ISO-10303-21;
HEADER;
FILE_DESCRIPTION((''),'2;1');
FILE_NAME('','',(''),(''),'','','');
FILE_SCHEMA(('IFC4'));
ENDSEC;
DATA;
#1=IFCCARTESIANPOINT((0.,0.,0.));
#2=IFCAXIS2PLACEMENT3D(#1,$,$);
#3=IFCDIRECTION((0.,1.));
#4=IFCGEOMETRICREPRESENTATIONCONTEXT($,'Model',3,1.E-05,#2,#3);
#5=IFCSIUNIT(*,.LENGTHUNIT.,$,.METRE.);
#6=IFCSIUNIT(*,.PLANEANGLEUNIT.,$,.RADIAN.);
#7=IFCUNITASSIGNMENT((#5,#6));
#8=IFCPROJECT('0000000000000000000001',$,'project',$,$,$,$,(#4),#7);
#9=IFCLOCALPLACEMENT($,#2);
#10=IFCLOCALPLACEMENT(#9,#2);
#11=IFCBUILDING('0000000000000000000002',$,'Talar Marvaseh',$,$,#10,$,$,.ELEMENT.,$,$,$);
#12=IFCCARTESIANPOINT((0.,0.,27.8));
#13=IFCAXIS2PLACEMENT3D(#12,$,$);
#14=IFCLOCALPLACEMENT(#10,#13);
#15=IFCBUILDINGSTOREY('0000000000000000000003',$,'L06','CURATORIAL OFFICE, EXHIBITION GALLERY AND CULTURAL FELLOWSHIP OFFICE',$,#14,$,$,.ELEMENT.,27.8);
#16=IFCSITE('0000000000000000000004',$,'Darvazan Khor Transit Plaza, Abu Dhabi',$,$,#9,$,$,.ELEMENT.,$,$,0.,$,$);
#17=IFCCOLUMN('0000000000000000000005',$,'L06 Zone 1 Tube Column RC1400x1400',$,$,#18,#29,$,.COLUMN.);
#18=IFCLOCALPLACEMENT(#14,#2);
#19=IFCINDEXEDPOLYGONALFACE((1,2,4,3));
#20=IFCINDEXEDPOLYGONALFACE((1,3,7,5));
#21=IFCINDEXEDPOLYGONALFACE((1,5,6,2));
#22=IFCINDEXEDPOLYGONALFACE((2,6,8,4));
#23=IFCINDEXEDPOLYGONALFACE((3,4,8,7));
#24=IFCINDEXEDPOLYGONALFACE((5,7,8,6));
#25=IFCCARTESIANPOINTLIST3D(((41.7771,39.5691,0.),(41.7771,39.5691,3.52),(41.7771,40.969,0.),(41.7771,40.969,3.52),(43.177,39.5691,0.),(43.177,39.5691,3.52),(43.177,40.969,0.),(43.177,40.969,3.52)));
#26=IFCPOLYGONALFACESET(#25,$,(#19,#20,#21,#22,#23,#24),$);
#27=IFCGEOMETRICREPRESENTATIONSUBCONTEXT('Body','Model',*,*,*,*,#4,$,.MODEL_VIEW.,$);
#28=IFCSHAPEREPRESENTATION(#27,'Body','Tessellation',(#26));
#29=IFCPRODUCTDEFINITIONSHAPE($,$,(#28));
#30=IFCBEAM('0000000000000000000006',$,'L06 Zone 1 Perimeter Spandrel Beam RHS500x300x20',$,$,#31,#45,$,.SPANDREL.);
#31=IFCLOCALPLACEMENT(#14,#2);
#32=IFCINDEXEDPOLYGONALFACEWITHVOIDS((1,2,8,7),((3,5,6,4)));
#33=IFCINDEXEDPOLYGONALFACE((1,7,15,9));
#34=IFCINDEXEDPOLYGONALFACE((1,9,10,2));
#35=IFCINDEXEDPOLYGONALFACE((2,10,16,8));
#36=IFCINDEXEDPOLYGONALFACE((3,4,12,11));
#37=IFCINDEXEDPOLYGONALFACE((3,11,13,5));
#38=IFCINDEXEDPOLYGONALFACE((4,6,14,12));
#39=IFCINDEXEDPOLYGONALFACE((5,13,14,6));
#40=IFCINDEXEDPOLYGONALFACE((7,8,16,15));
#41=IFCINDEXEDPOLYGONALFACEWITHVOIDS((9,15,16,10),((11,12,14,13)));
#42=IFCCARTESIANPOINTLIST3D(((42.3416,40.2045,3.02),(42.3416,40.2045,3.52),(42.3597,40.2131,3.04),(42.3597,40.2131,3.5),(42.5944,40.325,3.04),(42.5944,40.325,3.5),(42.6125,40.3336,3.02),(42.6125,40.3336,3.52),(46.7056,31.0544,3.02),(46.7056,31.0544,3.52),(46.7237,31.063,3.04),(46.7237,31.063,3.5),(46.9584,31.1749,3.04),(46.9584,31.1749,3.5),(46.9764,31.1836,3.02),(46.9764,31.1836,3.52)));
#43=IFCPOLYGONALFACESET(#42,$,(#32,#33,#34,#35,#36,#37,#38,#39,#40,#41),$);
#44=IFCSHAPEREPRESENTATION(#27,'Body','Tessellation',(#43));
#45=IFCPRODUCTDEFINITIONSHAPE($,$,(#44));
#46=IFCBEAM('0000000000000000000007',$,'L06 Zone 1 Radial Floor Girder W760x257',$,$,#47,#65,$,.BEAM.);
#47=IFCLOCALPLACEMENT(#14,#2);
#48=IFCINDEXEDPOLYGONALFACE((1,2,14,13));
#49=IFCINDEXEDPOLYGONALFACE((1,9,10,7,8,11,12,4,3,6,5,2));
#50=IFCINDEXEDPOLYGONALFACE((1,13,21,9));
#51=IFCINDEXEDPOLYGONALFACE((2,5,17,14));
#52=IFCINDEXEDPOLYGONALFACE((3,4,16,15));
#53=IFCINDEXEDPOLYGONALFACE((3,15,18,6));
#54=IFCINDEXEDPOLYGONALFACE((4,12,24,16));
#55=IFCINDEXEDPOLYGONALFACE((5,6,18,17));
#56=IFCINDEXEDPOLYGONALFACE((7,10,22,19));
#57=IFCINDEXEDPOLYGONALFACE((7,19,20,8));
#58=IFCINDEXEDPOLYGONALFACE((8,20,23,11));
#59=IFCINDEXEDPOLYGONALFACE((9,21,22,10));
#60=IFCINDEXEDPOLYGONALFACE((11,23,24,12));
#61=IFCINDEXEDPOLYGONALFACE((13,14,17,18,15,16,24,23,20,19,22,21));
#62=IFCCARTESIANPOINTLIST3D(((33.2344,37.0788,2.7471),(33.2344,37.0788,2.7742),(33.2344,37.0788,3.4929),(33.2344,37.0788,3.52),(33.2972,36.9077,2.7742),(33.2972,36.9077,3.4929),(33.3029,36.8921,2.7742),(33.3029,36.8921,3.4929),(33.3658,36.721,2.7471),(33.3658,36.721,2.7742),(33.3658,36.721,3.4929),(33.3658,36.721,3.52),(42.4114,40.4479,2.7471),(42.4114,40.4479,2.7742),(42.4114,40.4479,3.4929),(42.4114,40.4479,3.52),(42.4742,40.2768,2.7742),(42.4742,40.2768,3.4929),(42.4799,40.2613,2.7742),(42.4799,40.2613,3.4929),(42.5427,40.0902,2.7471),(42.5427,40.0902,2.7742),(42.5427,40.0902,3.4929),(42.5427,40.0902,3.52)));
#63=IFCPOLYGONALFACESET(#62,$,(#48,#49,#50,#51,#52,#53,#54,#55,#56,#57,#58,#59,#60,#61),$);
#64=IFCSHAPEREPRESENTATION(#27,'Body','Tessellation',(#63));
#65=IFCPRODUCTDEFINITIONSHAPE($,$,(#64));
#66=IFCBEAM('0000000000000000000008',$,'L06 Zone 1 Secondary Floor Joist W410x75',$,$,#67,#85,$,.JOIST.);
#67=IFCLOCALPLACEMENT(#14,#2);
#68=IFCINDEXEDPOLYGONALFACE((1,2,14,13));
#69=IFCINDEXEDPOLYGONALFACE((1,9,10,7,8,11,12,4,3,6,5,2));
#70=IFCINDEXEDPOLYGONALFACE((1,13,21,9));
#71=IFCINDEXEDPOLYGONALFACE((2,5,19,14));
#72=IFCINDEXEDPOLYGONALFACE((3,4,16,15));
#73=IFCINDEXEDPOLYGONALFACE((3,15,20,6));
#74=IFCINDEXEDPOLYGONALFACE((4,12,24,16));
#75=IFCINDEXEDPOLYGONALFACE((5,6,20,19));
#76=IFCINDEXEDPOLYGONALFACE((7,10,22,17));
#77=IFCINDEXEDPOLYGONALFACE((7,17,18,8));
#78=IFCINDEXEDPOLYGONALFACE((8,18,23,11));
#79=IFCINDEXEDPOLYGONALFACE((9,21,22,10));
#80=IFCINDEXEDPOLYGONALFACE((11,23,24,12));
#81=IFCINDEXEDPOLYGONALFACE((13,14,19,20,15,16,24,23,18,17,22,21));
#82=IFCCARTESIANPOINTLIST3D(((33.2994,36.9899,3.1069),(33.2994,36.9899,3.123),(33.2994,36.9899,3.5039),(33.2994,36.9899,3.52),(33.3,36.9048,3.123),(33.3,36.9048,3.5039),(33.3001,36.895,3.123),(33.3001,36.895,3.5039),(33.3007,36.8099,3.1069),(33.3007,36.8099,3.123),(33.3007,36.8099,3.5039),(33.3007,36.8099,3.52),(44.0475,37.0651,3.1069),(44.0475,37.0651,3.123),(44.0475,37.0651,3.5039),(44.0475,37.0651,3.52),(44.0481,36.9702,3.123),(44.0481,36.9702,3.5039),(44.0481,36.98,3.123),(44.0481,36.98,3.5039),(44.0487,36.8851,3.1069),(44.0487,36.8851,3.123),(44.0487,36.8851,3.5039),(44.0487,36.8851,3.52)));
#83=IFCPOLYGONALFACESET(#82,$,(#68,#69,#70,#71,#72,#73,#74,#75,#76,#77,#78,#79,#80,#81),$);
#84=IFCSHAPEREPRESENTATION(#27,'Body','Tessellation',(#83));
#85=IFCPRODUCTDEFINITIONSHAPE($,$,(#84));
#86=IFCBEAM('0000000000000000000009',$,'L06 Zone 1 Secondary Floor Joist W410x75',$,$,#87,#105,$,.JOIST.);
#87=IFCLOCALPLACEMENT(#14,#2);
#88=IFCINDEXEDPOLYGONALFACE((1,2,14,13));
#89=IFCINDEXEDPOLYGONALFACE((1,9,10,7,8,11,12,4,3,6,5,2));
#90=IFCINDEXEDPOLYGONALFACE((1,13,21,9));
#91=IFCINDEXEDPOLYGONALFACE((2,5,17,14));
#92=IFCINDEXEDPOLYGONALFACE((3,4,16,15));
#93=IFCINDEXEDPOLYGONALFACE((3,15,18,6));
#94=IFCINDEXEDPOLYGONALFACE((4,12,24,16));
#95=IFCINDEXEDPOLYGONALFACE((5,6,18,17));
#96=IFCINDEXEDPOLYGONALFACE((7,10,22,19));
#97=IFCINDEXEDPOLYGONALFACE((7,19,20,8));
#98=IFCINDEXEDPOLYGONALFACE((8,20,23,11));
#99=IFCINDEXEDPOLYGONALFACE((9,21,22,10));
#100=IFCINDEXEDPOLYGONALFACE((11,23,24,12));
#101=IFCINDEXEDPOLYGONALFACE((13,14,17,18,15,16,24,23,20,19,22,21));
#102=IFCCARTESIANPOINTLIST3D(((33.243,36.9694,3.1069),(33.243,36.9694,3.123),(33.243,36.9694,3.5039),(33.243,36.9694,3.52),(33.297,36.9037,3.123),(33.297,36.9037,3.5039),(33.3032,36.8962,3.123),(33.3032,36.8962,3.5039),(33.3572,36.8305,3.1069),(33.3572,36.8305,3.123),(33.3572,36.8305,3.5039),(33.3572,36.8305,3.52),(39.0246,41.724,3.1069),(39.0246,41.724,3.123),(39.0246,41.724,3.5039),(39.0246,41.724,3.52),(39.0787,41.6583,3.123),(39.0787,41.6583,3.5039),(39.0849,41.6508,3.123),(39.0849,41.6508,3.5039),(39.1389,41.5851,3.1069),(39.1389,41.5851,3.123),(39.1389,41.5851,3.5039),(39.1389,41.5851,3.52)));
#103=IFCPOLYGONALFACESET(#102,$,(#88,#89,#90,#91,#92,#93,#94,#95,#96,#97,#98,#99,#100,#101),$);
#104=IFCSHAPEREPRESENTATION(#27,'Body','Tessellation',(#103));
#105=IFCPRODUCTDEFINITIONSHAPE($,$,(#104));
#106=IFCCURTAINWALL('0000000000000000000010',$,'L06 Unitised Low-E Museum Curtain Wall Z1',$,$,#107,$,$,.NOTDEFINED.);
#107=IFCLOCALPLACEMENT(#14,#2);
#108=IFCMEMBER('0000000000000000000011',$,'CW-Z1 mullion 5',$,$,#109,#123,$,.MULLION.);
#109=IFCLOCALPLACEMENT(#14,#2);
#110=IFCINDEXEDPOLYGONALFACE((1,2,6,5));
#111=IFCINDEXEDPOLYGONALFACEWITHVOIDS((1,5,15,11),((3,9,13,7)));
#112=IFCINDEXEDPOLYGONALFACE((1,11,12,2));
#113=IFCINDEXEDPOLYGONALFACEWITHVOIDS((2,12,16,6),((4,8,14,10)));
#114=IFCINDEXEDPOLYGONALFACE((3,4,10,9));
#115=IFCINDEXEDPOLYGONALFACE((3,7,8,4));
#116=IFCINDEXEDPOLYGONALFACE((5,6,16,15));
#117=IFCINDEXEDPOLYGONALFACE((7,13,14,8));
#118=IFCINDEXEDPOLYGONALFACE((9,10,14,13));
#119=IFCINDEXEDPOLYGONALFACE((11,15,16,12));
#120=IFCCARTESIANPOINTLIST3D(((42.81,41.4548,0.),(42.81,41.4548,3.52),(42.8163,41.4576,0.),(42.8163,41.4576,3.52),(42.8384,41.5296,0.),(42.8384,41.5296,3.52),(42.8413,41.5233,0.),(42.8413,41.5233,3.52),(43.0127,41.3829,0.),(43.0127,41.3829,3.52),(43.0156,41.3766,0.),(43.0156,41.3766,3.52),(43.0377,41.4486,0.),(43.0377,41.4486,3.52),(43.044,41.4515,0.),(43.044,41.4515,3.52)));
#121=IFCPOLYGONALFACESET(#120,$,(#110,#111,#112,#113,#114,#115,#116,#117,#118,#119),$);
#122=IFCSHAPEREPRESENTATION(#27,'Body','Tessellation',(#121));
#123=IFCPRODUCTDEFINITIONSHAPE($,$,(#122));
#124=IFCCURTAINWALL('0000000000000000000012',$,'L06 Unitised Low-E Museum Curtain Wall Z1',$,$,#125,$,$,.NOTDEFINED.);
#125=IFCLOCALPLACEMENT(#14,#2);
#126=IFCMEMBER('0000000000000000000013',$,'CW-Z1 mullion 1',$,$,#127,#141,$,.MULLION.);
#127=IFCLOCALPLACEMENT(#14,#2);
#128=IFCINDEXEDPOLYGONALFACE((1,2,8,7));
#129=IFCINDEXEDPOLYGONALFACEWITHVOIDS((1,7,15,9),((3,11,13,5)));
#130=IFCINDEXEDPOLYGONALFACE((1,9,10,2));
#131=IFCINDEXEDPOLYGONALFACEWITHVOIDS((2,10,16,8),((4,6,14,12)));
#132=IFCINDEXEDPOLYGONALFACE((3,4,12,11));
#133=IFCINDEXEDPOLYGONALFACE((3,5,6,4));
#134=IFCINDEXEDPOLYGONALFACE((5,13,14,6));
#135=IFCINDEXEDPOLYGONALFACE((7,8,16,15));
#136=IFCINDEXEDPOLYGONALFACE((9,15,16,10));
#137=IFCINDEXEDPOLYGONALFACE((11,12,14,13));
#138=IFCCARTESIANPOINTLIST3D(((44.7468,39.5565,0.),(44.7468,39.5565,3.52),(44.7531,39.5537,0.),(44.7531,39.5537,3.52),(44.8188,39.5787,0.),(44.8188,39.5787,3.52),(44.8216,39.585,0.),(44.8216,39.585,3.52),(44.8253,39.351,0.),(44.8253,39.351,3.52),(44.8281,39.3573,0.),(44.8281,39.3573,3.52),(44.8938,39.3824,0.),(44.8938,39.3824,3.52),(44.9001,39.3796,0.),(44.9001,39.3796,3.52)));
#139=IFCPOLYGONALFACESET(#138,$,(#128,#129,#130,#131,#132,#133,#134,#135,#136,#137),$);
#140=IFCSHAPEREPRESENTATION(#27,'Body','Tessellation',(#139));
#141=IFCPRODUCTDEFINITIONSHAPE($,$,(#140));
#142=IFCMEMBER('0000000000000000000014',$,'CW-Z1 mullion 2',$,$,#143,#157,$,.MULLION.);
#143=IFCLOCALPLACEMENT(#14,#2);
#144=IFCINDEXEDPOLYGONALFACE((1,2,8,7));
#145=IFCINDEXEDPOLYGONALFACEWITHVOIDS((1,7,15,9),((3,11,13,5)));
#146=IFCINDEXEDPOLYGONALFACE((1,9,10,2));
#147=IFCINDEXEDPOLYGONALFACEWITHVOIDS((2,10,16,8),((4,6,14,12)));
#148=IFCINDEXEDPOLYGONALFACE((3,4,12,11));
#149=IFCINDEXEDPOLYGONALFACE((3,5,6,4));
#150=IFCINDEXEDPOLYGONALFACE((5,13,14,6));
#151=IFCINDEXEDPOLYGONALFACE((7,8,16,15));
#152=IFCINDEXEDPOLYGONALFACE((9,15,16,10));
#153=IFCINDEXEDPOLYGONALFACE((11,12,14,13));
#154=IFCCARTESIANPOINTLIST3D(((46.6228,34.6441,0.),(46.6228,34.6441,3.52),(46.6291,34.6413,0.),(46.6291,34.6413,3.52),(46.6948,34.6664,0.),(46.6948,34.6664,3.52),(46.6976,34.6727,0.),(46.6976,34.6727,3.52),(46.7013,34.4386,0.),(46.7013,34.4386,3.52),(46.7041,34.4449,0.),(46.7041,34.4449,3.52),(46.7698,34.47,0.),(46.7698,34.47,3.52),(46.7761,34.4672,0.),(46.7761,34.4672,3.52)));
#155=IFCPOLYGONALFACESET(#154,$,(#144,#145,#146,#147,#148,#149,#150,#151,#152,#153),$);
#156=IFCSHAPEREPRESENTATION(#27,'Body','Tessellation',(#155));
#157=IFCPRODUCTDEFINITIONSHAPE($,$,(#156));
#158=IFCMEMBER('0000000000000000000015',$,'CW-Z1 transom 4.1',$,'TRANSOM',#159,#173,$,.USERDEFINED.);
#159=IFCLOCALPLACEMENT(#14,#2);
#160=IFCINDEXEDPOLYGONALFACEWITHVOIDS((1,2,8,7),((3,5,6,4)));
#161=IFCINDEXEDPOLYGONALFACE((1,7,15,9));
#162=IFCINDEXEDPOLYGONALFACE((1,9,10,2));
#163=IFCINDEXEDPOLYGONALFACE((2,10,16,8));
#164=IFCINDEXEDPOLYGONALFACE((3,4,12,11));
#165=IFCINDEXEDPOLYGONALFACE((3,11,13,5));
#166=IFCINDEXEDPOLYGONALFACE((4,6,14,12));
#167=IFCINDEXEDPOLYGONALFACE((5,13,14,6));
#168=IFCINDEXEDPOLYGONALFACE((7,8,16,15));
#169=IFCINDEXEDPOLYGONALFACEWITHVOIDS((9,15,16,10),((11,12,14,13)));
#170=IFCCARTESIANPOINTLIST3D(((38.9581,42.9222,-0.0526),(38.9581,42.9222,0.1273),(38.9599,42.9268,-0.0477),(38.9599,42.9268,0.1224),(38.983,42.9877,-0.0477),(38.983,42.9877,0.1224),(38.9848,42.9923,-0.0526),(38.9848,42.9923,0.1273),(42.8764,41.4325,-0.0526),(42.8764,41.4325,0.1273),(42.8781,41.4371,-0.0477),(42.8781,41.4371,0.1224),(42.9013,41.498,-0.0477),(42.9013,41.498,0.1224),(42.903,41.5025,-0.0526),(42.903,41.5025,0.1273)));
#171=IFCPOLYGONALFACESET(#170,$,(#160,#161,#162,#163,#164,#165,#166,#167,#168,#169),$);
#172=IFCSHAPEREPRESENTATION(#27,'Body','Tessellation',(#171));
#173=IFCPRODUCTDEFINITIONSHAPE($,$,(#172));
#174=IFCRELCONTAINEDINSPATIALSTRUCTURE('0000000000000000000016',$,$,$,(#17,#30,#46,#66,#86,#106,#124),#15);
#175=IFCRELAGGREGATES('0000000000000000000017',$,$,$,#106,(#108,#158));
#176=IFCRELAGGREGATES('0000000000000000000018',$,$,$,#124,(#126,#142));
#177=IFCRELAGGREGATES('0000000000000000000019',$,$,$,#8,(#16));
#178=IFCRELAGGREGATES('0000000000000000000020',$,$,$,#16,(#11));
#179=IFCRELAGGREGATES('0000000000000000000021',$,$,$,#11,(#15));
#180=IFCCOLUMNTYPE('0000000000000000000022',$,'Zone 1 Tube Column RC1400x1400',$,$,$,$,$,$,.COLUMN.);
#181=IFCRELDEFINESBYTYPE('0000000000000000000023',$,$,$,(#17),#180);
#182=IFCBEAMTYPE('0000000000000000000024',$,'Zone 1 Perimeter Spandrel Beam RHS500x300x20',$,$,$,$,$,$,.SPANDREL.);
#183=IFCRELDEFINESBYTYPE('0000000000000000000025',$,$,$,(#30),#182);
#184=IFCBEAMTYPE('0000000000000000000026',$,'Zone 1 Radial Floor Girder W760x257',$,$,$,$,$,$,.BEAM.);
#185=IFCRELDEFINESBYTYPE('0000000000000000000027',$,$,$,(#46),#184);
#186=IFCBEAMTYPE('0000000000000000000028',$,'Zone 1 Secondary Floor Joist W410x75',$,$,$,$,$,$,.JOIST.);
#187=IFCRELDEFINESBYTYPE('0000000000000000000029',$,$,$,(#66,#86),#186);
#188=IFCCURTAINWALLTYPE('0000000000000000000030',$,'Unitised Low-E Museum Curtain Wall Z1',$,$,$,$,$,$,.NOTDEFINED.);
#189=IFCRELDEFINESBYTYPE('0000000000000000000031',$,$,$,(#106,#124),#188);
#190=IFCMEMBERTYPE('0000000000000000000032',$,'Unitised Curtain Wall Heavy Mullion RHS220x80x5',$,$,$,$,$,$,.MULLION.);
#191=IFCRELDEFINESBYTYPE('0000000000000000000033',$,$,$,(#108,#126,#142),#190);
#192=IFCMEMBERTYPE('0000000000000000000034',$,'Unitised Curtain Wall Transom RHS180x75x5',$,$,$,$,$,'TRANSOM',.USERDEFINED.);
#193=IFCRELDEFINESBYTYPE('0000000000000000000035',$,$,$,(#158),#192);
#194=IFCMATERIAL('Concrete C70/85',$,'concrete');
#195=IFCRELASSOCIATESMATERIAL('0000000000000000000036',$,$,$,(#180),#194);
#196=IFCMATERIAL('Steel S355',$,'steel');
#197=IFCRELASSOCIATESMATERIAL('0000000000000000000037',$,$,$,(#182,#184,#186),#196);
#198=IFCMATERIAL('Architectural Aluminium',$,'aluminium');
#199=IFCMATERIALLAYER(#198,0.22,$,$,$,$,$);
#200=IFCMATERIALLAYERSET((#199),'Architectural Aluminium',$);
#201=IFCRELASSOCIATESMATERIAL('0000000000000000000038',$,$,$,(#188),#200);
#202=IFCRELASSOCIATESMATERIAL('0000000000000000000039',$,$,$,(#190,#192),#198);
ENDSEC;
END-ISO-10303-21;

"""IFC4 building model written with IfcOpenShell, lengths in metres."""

from ifc_helpers import new_model, si_unit, direction, frame, origin, origin_2d, place, context, subcontext, project, spatial, rectangle, hollow_rectangle, i_section, extrude, source, transform, mapped, material, layer, layer_set, material_profile, profile_set, type_object, type_shapes, element, aggregate, save


model = new_model("IFC4")

# Units and contexts
model_context = context("Model", 3, precision=1e-05, world=origin(), true_north=direction((0.0, 1.0)))
body_context = subcontext(model_context, "Body", "Model", "MODEL_VIEW")
ifc_project = project(units=[si_unit("LENGTHUNIT", "METRE"), si_unit("PLANEANGLEUNIT", "RADIAN")], contexts=[model_context])

# Site, building, storey
site_placement = place(None, origin())
site = spatial("IfcSite", under=ifc_project, at=site_placement, Name="Darvazan Khor Transit Plaza, Abu Dhabi", CompositionType="ELEMENT", RefElevation=0.0)
building_placement = place(site_placement, origin())
building = spatial("IfcBuilding", under=site, at=building_placement, Name="Talar Marvaseh", CompositionType="ELEMENT")
storey_placement = place(building_placement, frame((0.0, 0.0, 27.8)))
storey = spatial("IfcBuildingStorey", under=building, at=storey_placement, Name="L06", Description="CURATORIAL OFFICE, EXHIBITION GALLERY AND CULTURAL FELLOWSHIP OFFICE", CompositionType="ELEMENT", Elevation=27.8)

# Column
ifc_material_1 = material(Name="Concrete C70/85", Category="concrete")
ifc_material_profile_1 = material_profile(ifc_material_1, rectangle(XDim=1.3999, YDim=1.3999, at=origin_2d()), Name="RC1400x1400")
ifc_profile_set_1 = profile_set([ifc_material_profile_1], Name="Concrete C70/85")
column_type = type_object("IfcColumnType", Name="Zone 1 Tube Column RC1400x1400", PredefinedType="COLUMN", material=ifc_profile_set_1)
column_placement = place(storey_placement, frame((42.4771, 40.269, 0.0), z_axis=(0.0, 0.0, 1.0), x_axis=(1.0, 0.0, 0.0)))
element("IfcColumn", 1, at=column_placement, inside=storey, type_object=column_type, Name="L06 Zone 1 Tube Column RC1400x1400", PredefinedType="COLUMN", context=body_context, shape_type="SweptSolid", body=[
    extrude(rectangle(XDim=1.3999, YDim=1.3999, at=origin_2d()), origin(), (0.0, 0.0, 1.0), 3.52),
])

# Beams
ifc_material_2 = material(Name="Steel S355", Category="steel")
ifc_material_profile_2 = material_profile(ifc_material_2, hollow_rectangle(XDim=0.3, YDim=0.5, WallThickness=0.02, at=origin_2d()), Name="RHS500x300x20")
ifc_profile_set_2 = profile_set([ifc_material_profile_2], Name="Steel S355")
beam_type_1 = type_object("IfcBeamType", Name="Zone 1 Perimeter Spandrel Beam RHS500x300x20", PredefinedType="SPANDREL", material=ifc_profile_set_2)
beam_1_placement = place(storey_placement, frame((42.4771, 40.269, 3.27), z_axis=(0.43048, -0.9026, 0.0), x_axis=(0.9026, 0.43048, 0.0)))
element("IfcBeam", 2, at=beam_1_placement, inside=storey, type_object=beam_type_1, Name="L06 Zone 1 Perimeter Spandrel Beam RHS500x300x20", PredefinedType="SPANDREL", context=body_context, shape_type="SweptSolid", body=[
    extrude(hollow_rectangle(XDim=0.3, YDim=0.5, WallThickness=0.02, at=origin_2d()), origin(), (0.0, 0.0, 1.0), 10.1375),
])
ifc_material_profile_3 = material_profile(ifc_material_2, i_section(OverallWidth=0.3811, OverallDepth=0.7729, WebThickness=0.0166, FlangeThickness=0.0271, at=origin_2d()), Name="W760x257")
ifc_profile_set_3 = profile_set([ifc_material_profile_3], Name="Steel S355")
beam_type_2 = type_object("IfcBeamType", Name="Zone 1 Radial Floor Girder W760x257", PredefinedType="BEAM", material=ifc_profile_set_3)
beam_2_placement = place(storey_placement, frame((42.4771, 40.269, 3.1335), z_axis=(-0.938736, -0.344637, 0.0), x_axis=(0.344637, -0.938736, 0.0)))
element("IfcBeam", 3, at=beam_2_placement, inside=storey, type_object=beam_type_2, Name="L06 Zone 1 Radial Floor Girder W760x257", PredefinedType="BEAM", context=body_context, shape_type="SweptSolid", body=[
    extrude(i_section(OverallWidth=0.3811, OverallDepth=0.7729, WebThickness=0.0166, FlangeThickness=0.0271, at=origin_2d()), origin(), (0.0, 0.0, 1.0), 9.7759),
])
ifc_material_profile_4 = material_profile(ifc_material_2, i_section(OverallWidth=0.1799, OverallDepth=0.4131, WebThickness=0.0098, FlangeThickness=0.0161, at=origin_2d()), Name="W410x75")
ifc_profile_set_4 = profile_set([ifc_material_profile_4], Name="Steel S355")
beam_type_3 = type_object("IfcBeamType", Name="Zone 1 Secondary Floor Joist W410x75", PredefinedType="JOIST", material=ifc_profile_set_4)
beam_3_placement = place(storey_placement, frame((44.0481, 36.9751, 3.3135), z_axis=(-0.999976, -0.006996, 0.0), x_axis=(0.006996, -0.999976, 0.0)))
element("IfcBeam", 4, at=beam_3_placement, inside=storey, type_object=beam_type_3, Name="L06 Zone 1 Secondary Floor Joist W410x75", PredefinedType="JOIST", context=body_context, shape_type="SweptSolid", body=[
    extrude(i_section(OverallWidth=0.1799, OverallDepth=0.4131, WebThickness=0.0098, FlangeThickness=0.0161, at=origin_2d()), origin(), (0.0, 0.0, 1.0), 10.7483),
])
beam_4_placement = place(storey_placement, frame((39.0818, 41.6545, 3.3135), z_axis=(-0.772375, -0.635166, 0.0), x_axis=(0.635166, -0.772375, 0.0)))
element("IfcBeam", 5, at=beam_4_placement, inside=storey, type_object=beam_type_3, Name="L06 Zone 1 Secondary Floor Joist W410x75", PredefinedType="JOIST", context=body_context, shape_type="SweptSolid", body=[
    extrude(i_section(OverallWidth=0.1799, OverallDepth=0.4131, WebThickness=0.0098, FlangeThickness=0.0161, at=origin_2d()), origin(), (0.0, 0.0, 1.0), 7.4856),
])

# Curtain wall, member
ifc_material_3 = material(Name="Architectural Aluminium", Category="aluminium")
ifc_layer_1 = layer(ifc_material_3, 0.22)
ifc_layer_set_1 = layer_set([ifc_layer_1], Name="Architectural Aluminium")
curtain_wall_type = type_object("IfcCurtainWallType", Name="Unitised Low-E Museum Curtain Wall Z1", PredefinedType="NOTDEFINED", material=ifc_layer_set_1)
curtain_wall_1_placement = place(storey_placement, origin())
curtain_wall_1 = element("IfcCurtainWall", 6, at=curtain_wall_1_placement, inside=storey, type_object=curtain_wall_type, Name="L06 Unitised Low-E Museum Curtain Wall Z1", PredefinedType="NOTDEFINED")
ifc_material_profile_5 = material_profile(ifc_material_3, hollow_rectangle(XDim=0.0801, YDim=0.22, WallThickness=0.0049, at=origin_2d()), Name="RHS220x80x5")
ifc_profile_set_5 = profile_set([ifc_material_profile_5], Name="Architectural Aluminium")
member_type_1 = type_object("IfcMemberType", Name="Unitised Curtain Wall Heavy Mullion RHS220x80x5", PredefinedType="MULLION", material=ifc_profile_set_5)
shared_shape_1 = source(origin(), body_context, "Body", "SweptSolid", [
    extrude(hollow_rectangle(XDim=0.0801, YDim=0.22, WallThickness=0.0049, at=origin_2d()), origin(), (0.0, 0.0, 1.0), 3.52),
])
type_shapes(member_type_1, [shared_shape_1])
member_1_placement = place(storey_placement, frame((42.927, 41.4531, 0.0), z_axis=(0.0, 0.0, 1.0), x_axis=(0.3554, 0.934714, 0.0)))
member_1 = element("IfcMember", 7, at=member_1_placement, type_object=member_type_1, Name="CW-Z1 mullion 5", PredefinedType="MULLION", context=body_context, shape_type="MappedRepresentation", body=[
    mapped(shared_shape_1, transform((0.0, 0.0, 0.0), x_axis=(1.0, 0.0, 0.0), y_axis=(0.0, 1.0, 0.0), z_axis=(0.0, 0.0, 1.0), scale=1.0)),
])

# Curtain wall, members
curtain_wall_2_placement = place(storey_placement, origin())
curtain_wall_2 = element("IfcCurtainWall", 8, at=curtain_wall_2_placement, inside=storey, type_object=curtain_wall_type, Name="L06 Unitised Low-E Museum Curtain Wall Z1", PredefinedType="NOTDEFINED")
member_2_placement = place(storey_placement, frame((44.8235, 39.468, 0.0), z_axis=(0.0, 0.0, 1.0), x_axis=(0.934179, 0.356804, 0.0)))
member_2 = element("IfcMember", 9, at=member_2_placement, type_object=member_type_1, Name="CW-Z1 mullion 1", PredefinedType="MULLION", context=body_context, shape_type="MappedRepresentation", body=[
    mapped(shared_shape_1, transform((0.0, 0.0, 0.0), x_axis=(1.0, 0.0, 0.0), y_axis=(0.0, 1.0, 0.0), z_axis=(0.0, 0.0, 1.0), scale=1.0)),
])
member_3_placement = place(storey_placement, frame((46.6995, 34.5557, 0.0), z_axis=(0.0, 0.0, 1.0), x_axis=(0.934179, 0.356804, 0.0)))
member_3 = element("IfcMember", 10, at=member_3_placement, type_object=member_type_1, Name="CW-Z1 mullion 2", PredefinedType="MULLION", context=body_context, shape_type="MappedRepresentation", body=[
    mapped(shared_shape_1, transform((0.0, 0.0, 0.0), x_axis=(1.0, 0.0, 0.0), y_axis=(0.0, 1.0, 0.0), z_axis=(0.0, 0.0, 1.0), scale=1.0)),
])

# Member
ifc_material_profile_6 = material_profile(ifc_material_3, hollow_rectangle(XDim=0.075, YDim=0.1799, WallThickness=0.0049, at=origin_2d()), Name="RHS180x75x5")
ifc_profile_set_6 = profile_set([ifc_material_profile_6], Name="Architectural Aluminium")
member_type_2 = type_object("IfcMemberType", Name="Unitised Curtain Wall Transom RHS180x75x5", ElementType="TRANSOM", PredefinedType="USERDEFINED", material=ifc_profile_set_6)
shared_shape_2 = source(origin(), body_context, "Body", "SweptSolid", [
    extrude(hollow_rectangle(XDim=0.075, YDim=0.1799, WallThickness=0.0049, at=origin_2d()), origin(), (0.0, 0.0, 1.0), 4.1919),
])
member_4_placement = place(storey_placement, frame((38.9714, 42.9573, 0.0374), z_axis=(0.934718, -0.35539, 0.0), x_axis=(0.35539, 0.934718, 0.0)))
member_4 = element("IfcMember", 11, at=member_4_placement, type_object=member_type_2, Name="CW-Z1 transom 4.1", ObjectType="TRANSOM", PredefinedType="USERDEFINED", context=body_context, shape_type="MappedRepresentation", body=[
    mapped(shared_shape_2, transform((0.0, 0.0, 0.0), x_axis=(1.0, 0.0, 0.0), y_axis=(0.0, 1.0, 0.0), z_axis=(0.0, 0.0, 1.0), scale=1.0)),
])

aggregate(curtain_wall_1, [member_1, member_4])
aggregate(curtain_wall_2, [member_2, member_3])

save(model, "model.ifc")
